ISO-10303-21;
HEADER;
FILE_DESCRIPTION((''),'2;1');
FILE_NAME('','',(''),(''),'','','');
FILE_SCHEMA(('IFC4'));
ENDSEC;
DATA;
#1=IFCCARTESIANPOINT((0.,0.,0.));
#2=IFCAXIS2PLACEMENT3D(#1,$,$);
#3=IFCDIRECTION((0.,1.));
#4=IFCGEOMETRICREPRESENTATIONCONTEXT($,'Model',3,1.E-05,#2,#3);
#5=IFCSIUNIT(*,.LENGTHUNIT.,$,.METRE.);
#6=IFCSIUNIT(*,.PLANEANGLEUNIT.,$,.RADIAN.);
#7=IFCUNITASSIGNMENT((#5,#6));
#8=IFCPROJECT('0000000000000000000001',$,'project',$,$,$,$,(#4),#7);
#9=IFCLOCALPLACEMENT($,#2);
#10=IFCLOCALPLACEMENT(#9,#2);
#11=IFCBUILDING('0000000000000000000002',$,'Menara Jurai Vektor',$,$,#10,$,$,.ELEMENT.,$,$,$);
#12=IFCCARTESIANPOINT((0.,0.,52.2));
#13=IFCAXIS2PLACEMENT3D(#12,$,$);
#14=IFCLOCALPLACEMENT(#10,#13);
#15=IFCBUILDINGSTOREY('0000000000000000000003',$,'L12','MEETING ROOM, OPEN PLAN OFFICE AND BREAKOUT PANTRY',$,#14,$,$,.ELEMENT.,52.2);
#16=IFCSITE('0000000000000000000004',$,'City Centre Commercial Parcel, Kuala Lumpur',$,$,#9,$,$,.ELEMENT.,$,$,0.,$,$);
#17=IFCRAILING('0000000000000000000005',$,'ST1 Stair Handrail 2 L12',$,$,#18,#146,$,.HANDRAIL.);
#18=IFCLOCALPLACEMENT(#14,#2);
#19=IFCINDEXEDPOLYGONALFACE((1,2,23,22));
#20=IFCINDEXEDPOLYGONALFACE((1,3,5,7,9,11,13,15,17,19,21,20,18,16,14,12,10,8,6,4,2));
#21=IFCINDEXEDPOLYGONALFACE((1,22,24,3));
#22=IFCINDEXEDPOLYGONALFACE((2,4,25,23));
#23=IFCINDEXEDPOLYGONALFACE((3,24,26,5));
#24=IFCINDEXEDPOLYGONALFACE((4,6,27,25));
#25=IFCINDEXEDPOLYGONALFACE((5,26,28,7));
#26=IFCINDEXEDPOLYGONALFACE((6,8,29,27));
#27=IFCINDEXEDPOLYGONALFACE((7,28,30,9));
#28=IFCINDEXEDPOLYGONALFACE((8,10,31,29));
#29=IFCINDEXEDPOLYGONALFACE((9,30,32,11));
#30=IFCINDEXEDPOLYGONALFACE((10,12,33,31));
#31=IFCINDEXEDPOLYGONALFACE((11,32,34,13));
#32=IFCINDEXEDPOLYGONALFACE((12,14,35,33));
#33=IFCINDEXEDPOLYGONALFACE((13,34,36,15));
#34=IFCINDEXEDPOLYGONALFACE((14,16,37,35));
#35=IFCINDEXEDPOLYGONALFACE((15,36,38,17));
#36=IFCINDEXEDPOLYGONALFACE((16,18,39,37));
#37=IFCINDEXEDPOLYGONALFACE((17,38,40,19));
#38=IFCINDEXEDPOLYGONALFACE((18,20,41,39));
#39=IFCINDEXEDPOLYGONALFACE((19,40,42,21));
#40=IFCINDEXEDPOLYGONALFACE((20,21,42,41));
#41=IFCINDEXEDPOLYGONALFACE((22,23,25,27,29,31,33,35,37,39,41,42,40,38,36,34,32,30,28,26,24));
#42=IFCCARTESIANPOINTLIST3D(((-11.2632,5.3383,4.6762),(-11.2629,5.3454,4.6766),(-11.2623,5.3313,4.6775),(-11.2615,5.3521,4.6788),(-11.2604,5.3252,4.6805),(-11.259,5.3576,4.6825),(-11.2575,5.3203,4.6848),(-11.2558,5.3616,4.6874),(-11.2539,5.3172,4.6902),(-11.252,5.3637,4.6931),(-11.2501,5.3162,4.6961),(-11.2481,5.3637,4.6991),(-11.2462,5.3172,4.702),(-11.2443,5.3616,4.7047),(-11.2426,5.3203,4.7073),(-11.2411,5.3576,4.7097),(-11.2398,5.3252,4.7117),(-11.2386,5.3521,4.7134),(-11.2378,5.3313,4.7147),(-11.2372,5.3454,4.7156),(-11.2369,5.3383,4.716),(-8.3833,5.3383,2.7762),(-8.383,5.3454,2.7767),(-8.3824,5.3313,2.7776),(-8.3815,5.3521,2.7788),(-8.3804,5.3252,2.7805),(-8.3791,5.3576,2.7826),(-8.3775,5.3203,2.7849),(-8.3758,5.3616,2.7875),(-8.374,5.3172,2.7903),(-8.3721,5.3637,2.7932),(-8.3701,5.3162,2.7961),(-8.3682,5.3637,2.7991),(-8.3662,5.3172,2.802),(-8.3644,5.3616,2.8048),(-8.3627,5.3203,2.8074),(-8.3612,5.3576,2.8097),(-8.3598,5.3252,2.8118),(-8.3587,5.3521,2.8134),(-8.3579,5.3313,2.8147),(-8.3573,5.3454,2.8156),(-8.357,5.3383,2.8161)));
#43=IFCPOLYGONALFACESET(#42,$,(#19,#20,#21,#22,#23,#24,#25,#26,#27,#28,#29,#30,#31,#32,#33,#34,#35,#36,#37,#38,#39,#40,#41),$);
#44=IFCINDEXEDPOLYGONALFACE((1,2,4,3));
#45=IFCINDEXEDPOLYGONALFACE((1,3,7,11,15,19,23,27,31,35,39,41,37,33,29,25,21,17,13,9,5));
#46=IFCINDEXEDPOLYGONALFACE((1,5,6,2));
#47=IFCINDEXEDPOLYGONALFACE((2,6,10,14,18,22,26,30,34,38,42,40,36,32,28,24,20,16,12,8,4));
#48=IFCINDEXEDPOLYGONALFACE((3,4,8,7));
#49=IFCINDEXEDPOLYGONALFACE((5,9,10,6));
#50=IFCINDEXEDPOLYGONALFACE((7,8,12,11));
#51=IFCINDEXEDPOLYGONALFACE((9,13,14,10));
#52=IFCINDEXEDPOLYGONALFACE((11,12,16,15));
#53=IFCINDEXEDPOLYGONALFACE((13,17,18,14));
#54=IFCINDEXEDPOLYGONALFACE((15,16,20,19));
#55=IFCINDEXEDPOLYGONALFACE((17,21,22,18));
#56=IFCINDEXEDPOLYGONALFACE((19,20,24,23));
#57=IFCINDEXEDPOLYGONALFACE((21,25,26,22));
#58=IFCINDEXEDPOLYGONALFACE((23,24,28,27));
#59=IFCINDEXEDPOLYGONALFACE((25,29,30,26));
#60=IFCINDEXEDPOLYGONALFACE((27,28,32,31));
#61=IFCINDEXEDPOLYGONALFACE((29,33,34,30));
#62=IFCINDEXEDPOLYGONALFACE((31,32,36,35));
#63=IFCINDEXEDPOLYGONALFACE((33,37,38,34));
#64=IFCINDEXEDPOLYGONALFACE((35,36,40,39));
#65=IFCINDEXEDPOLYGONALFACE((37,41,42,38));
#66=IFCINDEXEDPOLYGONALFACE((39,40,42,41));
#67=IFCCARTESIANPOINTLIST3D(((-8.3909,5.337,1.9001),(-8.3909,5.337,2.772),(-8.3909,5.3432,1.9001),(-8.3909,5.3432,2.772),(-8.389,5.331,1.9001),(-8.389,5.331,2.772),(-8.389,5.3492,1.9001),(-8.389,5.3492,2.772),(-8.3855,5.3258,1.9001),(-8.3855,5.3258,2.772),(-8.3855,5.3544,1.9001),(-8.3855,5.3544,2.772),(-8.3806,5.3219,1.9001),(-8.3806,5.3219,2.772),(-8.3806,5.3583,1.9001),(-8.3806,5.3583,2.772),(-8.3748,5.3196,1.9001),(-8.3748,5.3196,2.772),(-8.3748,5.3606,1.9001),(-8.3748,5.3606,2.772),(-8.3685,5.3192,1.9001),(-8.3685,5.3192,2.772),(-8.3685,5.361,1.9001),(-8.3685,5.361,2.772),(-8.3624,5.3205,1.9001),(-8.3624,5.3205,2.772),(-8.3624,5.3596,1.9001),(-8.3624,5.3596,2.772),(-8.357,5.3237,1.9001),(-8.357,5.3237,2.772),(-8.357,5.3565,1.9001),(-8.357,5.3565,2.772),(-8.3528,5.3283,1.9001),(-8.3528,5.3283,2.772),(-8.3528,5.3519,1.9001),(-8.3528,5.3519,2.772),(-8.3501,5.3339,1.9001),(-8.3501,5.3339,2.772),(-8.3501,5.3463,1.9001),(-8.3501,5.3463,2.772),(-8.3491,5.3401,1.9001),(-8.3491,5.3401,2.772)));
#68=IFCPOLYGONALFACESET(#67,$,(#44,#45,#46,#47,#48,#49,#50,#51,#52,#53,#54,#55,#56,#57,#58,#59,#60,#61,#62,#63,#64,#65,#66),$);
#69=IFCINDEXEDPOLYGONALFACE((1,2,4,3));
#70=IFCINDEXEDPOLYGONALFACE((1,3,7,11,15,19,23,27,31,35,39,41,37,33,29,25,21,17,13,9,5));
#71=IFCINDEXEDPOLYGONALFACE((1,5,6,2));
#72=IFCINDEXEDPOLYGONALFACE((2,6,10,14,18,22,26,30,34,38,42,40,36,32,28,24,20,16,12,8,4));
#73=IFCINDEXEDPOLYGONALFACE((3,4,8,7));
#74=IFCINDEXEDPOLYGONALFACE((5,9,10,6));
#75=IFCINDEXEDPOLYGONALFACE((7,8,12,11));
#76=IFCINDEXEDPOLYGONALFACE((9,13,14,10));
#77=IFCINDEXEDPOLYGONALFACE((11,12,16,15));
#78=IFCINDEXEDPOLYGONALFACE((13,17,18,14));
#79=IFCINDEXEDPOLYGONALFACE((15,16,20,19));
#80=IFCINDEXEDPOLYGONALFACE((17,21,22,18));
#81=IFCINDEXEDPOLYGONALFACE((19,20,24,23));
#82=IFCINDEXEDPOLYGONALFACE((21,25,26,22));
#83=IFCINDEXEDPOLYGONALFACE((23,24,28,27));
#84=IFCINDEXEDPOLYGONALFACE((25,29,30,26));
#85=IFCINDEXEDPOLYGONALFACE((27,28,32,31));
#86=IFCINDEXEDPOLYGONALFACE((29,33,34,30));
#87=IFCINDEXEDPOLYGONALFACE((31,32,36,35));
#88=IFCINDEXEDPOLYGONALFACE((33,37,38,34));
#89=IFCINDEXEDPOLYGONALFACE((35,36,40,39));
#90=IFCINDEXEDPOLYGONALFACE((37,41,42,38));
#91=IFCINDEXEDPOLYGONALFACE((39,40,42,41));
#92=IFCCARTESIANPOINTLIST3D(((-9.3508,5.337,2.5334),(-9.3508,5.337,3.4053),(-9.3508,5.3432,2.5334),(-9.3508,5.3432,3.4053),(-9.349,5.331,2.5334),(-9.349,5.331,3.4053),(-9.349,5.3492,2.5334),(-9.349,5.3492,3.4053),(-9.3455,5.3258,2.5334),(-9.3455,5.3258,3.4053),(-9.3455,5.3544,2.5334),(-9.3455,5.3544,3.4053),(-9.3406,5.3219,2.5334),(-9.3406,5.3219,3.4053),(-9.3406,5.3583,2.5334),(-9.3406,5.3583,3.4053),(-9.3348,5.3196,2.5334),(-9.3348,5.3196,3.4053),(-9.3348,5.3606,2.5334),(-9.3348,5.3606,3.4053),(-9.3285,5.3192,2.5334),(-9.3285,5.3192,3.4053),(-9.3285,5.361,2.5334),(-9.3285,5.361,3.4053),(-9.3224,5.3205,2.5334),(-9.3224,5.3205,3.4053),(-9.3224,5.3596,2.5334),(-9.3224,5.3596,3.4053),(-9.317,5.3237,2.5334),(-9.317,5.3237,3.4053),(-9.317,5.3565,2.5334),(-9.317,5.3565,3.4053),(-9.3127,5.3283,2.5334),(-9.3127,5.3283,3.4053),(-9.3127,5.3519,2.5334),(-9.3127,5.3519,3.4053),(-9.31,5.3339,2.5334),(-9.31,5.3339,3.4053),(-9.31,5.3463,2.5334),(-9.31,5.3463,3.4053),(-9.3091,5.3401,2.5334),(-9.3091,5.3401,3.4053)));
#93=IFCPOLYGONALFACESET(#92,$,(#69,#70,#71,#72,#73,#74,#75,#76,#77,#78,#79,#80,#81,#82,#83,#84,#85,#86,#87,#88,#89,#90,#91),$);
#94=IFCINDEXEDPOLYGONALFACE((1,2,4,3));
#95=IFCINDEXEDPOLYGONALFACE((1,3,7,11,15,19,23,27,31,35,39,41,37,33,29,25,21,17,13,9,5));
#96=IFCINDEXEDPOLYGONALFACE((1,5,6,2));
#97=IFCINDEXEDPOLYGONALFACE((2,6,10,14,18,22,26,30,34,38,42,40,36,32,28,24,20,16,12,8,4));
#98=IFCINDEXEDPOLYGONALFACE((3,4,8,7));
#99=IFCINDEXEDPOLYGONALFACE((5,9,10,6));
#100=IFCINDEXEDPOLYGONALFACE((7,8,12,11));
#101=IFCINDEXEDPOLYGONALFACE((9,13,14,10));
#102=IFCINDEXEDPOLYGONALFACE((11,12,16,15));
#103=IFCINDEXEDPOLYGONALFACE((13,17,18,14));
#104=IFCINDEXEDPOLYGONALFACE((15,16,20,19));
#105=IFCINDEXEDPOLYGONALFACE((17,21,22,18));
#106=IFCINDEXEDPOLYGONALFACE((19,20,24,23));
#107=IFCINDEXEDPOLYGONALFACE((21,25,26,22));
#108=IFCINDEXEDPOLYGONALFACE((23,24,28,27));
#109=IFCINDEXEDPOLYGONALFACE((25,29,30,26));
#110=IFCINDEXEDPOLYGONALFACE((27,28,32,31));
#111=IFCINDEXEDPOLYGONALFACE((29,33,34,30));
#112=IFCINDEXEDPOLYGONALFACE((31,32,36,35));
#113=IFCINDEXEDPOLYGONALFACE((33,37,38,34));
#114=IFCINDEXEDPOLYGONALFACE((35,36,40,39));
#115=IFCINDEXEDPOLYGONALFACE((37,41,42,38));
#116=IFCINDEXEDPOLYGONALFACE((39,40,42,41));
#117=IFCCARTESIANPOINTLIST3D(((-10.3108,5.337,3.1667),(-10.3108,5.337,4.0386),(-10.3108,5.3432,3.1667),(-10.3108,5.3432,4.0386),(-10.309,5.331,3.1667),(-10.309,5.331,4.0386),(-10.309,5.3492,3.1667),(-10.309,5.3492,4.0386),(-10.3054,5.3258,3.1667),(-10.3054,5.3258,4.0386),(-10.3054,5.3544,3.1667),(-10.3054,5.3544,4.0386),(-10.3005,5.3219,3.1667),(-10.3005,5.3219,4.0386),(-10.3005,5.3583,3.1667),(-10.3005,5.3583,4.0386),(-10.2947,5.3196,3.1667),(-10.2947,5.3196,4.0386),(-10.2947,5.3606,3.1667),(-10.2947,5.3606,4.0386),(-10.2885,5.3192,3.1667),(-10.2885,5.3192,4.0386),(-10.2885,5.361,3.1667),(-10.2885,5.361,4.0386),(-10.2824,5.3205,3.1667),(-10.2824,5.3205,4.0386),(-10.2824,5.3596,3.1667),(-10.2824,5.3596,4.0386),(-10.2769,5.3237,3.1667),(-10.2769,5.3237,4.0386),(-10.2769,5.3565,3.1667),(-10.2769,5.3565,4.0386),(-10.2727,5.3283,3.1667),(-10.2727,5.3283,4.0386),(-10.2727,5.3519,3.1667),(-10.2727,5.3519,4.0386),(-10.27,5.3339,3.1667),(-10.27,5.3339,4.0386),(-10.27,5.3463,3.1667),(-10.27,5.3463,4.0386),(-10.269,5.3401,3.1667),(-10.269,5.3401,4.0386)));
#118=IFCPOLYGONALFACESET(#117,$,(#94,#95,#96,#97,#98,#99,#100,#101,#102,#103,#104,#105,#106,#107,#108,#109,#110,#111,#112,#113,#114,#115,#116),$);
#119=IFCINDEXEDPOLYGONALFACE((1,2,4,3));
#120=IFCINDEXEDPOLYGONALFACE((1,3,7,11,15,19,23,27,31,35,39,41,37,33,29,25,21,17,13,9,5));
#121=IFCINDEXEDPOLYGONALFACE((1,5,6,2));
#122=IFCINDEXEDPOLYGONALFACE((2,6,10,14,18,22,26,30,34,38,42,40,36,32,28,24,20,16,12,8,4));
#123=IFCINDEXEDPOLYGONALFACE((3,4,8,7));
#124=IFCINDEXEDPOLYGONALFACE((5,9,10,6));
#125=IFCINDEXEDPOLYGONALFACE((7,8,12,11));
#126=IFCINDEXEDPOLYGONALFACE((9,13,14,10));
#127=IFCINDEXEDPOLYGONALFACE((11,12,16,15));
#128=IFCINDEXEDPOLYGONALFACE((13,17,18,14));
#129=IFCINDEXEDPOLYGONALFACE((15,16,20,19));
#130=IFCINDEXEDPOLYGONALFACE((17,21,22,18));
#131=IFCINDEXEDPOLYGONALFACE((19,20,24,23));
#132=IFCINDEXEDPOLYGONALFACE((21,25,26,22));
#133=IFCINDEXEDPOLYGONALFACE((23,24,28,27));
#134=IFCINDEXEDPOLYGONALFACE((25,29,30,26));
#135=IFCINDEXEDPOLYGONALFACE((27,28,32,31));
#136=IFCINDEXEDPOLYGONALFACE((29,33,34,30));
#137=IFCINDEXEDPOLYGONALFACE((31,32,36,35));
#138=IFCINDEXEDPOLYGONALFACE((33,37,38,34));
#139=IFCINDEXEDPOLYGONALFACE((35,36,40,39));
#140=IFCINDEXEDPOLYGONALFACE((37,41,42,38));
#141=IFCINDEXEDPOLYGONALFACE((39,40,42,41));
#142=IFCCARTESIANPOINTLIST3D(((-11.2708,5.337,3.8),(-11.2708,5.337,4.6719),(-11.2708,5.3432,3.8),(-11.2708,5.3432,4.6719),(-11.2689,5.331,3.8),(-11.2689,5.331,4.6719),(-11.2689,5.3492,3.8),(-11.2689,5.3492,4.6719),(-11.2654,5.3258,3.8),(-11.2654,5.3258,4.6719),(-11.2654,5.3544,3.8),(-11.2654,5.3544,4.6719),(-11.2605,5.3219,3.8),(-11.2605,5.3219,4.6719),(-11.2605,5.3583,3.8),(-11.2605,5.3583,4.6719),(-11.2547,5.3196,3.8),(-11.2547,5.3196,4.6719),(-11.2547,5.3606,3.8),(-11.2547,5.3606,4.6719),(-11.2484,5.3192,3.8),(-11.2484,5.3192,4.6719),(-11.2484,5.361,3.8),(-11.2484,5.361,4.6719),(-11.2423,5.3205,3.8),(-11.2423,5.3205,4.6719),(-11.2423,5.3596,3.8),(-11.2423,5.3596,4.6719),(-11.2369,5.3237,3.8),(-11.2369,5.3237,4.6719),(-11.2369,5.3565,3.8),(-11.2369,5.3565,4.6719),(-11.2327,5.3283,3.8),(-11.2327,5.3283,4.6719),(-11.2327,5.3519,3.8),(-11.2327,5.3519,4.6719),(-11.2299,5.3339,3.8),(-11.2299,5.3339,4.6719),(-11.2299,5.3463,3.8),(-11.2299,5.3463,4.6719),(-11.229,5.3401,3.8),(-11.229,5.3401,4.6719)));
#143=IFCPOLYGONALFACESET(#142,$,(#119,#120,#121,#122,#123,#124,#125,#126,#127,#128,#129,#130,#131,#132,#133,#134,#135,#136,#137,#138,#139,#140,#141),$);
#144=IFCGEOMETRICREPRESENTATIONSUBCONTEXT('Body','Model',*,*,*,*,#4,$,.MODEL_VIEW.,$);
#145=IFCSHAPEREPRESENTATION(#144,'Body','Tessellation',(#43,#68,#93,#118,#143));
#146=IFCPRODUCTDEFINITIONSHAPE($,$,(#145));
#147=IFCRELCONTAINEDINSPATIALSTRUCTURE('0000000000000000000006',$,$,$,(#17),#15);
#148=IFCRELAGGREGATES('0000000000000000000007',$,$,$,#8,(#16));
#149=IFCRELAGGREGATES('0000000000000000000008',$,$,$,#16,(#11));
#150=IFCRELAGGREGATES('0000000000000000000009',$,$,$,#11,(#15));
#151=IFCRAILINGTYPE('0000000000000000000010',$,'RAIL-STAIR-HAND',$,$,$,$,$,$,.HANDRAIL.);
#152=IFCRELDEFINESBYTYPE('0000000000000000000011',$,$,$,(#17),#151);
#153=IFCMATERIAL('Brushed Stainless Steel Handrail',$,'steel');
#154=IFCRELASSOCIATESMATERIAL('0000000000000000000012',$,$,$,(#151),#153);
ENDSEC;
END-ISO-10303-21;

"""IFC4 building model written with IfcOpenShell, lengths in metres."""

from ifc_helpers import new_model, si_unit, direction, frame, origin, origin_2d, place, context, subcontext, project, spatial, circle, extrude, material, type_object, element, save


model = new_model("IFC4")

# Units and contexts
model_context = context("Model", 3, precision=1e-05, world=origin(), true_north=direction((0.0, 1.0)))
body_context = subcontext(model_context, "Body", "Model", "MODEL_VIEW")
ifc_project = project(units=[si_unit("LENGTHUNIT", "METRE"), si_unit("PLANEANGLEUNIT", "RADIAN")], contexts=[model_context])

# Site, building, storey
site_placement = place(None, origin())
site = spatial("IfcSite", under=ifc_project, at=site_placement, Name="City Centre Commercial Parcel, Kuala Lumpur", CompositionType="ELEMENT", RefElevation=0.0)
building_placement = place(site_placement, origin())
building = spatial("IfcBuilding", under=site, at=building_placement, Name="Menara Jurai Vektor", CompositionType="ELEMENT")
storey_placement = place(building_placement, frame((0.0, 0.0, 52.2)))
storey = spatial("IfcBuildingStorey", under=building, at=storey_placement, Name="L12", Description="MEETING ROOM, OPEN PLAN OFFICE AND BREAKOUT PANTRY", CompositionType="ELEMENT", Elevation=52.2)

# Railing
ifc_material_1 = material(Name="Brushed Stainless Steel Handrail", Category="steel")
railing_type_1 = type_object("IfcRailingType", Name="RAIL-STAIR-HAND", PredefinedType="HANDRAIL", material=ifc_material_1)
railing_1_placement = place(storey_placement, frame((-8.3701, 5.3401, 1.9001)))
element("IfcRailing", 1, at=railing_1_placement, inside=storey, type_object=railing_type_1, Name="ST1 Stair Handrail 2 L12", PredefinedType="HANDRAIL", context=body_context, shape_type="SweptSolid", body=[
    extrude(circle(Radius=0.0239, at=origin_2d()), frame((0.0, 0.0, 0.896), z_axis=(-0.834719, 0.0, 0.550677), x_axis=(0.0, -1.0, 0.0)), (0.0, 0.0, 1.0), 3.4502),
    extrude(circle(Radius=0.021, at=origin_2d()), origin(), (0.0, 0.0, 1.0), 0.8718),
    extrude(circle(Radius=0.021, at=origin_2d()), frame((-0.96, 0.0, 0.6333)), (0.0, 0.0, 1.0), 0.8718),
    extrude(circle(Radius=0.021, at=origin_2d()), frame((-1.9199, 0.0, 1.2666)), (0.0, 0.0, 1.0), 0.8718),
    extrude(circle(Radius=0.021, at=origin_2d()), frame((-2.8799, 0.0, 1.8999)), (0.0, 0.0, 1.0), 0.8718),
])

save(model, "model.ifc")
